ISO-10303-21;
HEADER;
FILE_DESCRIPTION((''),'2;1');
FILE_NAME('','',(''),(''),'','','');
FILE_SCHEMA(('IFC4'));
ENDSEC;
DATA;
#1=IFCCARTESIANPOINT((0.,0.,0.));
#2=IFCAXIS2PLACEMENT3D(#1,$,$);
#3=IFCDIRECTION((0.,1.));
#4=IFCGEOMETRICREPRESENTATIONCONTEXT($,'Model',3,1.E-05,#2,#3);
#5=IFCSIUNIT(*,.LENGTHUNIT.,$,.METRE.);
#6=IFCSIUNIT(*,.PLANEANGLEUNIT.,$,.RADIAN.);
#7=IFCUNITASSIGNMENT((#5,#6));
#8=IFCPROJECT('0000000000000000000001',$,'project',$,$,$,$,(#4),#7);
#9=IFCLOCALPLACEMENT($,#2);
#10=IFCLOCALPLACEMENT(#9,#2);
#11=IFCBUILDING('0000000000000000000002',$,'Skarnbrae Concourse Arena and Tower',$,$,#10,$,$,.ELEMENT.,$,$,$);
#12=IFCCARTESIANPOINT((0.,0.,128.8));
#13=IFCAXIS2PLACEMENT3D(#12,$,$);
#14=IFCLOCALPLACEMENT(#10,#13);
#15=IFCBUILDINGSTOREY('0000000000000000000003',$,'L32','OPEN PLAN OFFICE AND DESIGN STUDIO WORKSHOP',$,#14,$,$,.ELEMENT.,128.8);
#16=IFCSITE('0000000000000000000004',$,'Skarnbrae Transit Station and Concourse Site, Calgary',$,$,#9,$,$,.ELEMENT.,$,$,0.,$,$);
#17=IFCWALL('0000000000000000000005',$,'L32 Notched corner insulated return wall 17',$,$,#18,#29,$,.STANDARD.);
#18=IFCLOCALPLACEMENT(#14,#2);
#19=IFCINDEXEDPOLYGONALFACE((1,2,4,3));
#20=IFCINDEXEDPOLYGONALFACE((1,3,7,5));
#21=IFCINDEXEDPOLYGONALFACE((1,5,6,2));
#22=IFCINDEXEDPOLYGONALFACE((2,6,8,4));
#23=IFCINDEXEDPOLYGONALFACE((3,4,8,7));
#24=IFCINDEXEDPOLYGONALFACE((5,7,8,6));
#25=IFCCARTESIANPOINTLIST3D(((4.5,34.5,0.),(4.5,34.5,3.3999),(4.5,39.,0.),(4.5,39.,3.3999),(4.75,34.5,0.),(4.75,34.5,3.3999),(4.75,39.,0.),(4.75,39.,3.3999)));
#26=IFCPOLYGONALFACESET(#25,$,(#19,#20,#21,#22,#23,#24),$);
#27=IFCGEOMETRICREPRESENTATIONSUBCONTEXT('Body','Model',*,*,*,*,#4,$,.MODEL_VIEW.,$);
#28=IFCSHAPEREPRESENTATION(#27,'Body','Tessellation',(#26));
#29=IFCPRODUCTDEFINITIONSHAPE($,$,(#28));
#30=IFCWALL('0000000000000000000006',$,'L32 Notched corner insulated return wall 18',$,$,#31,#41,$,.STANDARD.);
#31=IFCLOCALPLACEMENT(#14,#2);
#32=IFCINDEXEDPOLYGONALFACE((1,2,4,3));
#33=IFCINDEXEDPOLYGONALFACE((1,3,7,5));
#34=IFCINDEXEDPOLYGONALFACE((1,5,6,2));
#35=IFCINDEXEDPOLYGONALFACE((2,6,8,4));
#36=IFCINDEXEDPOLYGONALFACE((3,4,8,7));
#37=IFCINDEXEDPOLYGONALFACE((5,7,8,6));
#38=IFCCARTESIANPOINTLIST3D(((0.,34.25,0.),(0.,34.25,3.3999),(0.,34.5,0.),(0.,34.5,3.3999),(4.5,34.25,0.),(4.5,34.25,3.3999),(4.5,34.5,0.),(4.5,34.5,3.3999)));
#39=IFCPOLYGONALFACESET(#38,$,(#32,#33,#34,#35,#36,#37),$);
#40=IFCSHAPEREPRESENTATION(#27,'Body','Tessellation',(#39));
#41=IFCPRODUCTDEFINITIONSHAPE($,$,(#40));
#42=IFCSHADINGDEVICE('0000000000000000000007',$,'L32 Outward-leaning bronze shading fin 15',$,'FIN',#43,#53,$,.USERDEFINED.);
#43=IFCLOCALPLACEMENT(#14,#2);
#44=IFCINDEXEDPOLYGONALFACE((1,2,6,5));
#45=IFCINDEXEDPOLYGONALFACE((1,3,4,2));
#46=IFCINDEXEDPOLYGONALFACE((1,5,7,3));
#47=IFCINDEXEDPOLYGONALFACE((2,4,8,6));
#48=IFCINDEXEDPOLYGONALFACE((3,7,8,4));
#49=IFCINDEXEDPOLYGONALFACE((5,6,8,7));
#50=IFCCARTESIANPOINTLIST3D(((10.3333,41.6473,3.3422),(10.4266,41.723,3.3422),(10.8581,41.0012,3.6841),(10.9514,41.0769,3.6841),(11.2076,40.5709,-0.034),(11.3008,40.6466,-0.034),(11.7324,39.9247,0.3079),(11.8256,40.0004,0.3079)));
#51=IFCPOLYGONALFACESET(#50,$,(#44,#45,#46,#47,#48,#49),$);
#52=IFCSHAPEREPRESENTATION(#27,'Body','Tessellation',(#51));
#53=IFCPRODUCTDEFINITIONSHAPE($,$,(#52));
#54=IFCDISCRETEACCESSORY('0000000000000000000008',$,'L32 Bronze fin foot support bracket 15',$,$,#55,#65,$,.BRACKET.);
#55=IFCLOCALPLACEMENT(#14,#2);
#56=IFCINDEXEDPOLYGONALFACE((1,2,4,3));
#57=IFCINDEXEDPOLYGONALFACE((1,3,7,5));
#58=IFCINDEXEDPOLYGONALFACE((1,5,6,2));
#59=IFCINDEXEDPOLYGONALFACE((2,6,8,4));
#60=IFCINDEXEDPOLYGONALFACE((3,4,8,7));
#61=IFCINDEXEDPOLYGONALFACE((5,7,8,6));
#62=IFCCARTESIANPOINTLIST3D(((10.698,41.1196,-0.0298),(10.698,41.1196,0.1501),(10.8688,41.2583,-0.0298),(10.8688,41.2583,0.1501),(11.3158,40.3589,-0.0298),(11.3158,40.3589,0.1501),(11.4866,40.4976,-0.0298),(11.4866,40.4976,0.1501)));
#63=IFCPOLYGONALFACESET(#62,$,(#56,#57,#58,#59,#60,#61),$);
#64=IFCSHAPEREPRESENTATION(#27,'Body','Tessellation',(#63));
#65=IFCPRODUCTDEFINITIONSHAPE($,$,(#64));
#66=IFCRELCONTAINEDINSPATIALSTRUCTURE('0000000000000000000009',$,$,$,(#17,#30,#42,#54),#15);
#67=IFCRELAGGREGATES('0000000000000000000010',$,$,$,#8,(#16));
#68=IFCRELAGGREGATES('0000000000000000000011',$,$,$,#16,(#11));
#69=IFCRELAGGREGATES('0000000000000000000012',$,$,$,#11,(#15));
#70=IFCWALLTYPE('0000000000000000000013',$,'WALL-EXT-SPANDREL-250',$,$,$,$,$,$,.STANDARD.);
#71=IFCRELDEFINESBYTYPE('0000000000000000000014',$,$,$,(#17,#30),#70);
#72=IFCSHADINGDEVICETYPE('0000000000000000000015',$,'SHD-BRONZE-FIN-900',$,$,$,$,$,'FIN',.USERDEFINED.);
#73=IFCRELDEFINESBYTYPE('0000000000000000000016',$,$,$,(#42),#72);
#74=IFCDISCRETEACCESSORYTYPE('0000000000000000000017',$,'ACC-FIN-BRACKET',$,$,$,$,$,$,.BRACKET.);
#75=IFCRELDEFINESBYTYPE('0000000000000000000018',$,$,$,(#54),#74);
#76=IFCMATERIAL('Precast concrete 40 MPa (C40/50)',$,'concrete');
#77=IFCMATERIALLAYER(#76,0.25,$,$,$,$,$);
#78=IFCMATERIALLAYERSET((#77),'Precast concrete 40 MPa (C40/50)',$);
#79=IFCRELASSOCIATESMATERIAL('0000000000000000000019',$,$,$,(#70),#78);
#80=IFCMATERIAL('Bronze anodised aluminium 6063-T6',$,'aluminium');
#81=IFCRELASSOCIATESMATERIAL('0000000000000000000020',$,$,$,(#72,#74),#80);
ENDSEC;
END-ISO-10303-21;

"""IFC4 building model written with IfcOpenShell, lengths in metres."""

from ifc_helpers import new_model, si_unit, direction, frame, frame_2d, origin, origin_2d, place, context, subcontext, project, spatial, rectangle, extrude, source, transform, mapped, material, layer, layer_set, type_object, element, save


model = new_model("IFC4")

# Units and contexts
model_context = context("Model", 3, precision=1e-05, world=origin(), true_north=direction((0.0, 1.0)))
body_context = subcontext(model_context, "Body", "Model", "MODEL_VIEW")
ifc_project = project(units=[si_unit("LENGTHUNIT", "METRE"), si_unit("PLANEANGLEUNIT", "RADIAN")], contexts=[model_context])

# Site, building, storey
site_placement = place(None, origin())
site = spatial("IfcSite", under=ifc_project, at=site_placement, Name="Skarnbrae Transit Station and Concourse Site, Calgary", CompositionType="ELEMENT", RefElevation=0.0)
building_placement = place(site_placement, origin())
building = spatial("IfcBuilding", under=site, at=building_placement, Name="Skarnbrae Concourse Arena and Tower", CompositionType="ELEMENT")
storey_placement = place(building_placement, frame((0.0, 0.0, 128.8)))
storey = spatial("IfcBuildingStorey", under=building, at=storey_placement, Name="L32", Description="OPEN PLAN OFFICE AND DESIGN STUDIO WORKSHOP", CompositionType="ELEMENT", Elevation=128.8)

# Shared definitions
ifc_material_1 = material(Name="Bronze anodised aluminium 6063-T6", Category="aluminium")

# Walls
ifc_material_2 = material(Name="Precast concrete 40 MPa (C40/50)", Category="concrete")
ifc_layer_1 = layer(ifc_material_2, 0.25)
ifc_layer_set_1 = layer_set([ifc_layer_1], Name="Precast concrete 40 MPa (C40/50)")
wall_type = type_object("IfcWallType", Name="WALL-EXT-SPANDREL-250", PredefinedType="STANDARD", material=ifc_layer_set_1)
shared_shape_1 = source(origin(), body_context, "Body", "SweptSolid", [
    extrude(rectangle(XDim=4.5, YDim=0.25, at=frame_2d((2.25, 0.0))), origin(), (0.0, 0.0, 1.0), 3.3999),
])
for number, where, z_axis, x_axis, name in (
    (1, (4.625, 39.0, 0.0), (0.0, 0.0, 1.0), (0.0, -1.0, 0.0), "L32 Notched corner insulated return wall 17"),
    (2, (4.5, 34.375, 0.0), (0.0, 0.0, 1.0), (-1.0, 0.0, 0.0), "L32 Notched corner insulated return wall 18"),
):
    element("IfcWall", number, at=place(storey_placement, frame(where, z_axis=z_axis, x_axis=x_axis)), inside=storey, type_object=wall_type, Name=name, PredefinedType="STANDARD", context=body_context, shape_type="MappedRepresentation", body=[
        mapped(shared_shape_1, transform((0.0, 0.0, 0.0))),
    ])

# Shading device
shading_device_type = type_object("IfcShadingDeviceType", Name="SHD-BRONZE-FIN-900", ElementType="FIN", PredefinedType="USERDEFINED", material=ifc_material_1)
shared_shape_2 = source(origin(), body_context, "Body", "SweptSolid", [
    extrude(rectangle(XDim=0.1201, YDim=0.8999, at=origin_2d()), origin(), (0.0, 0.0, 1.0), 3.6499),
])
shading_device_placement = place(storey_placement, frame((11.5166, 40.2856, 0.137), z_axis=(-0.239527, 0.294927, 0.925011), x_axis=(0.776245, 0.630432, 0.0)))
element("IfcShadingDevice", 3, at=shading_device_placement, inside=storey, type_object=shading_device_type, Name="L32 Outward-leaning bronze shading fin 15", ObjectType="FIN", PredefinedType="USERDEFINED", context=body_context, shape_type="MappedRepresentation", body=[
    mapped(shared_shape_2, transform((0.0, 0.0, 0.0))),
])

# Discrete accessory
discrete_accessory_type = type_object("IfcDiscreteAccessoryType", Name="ACC-FIN-BRACKET", PredefinedType="BRACKET", material=ifc_material_1)
shared_shape_3 = source(origin(), body_context, "Body", "SweptSolid", [
    extrude(rectangle(XDim=0.22, YDim=0.98, at=origin_2d()), origin(), (0.0, 0.0, 1.0), 0.1799),
])
discrete_accessory_placement = place(storey_placement, frame((11.0923, 40.8086, -0.0298), z_axis=(0.0, 0.0, 1.0), x_axis=(0.776245, 0.630432, 0.0)))
element("IfcDiscreteAccessory", 4, at=discrete_accessory_placement, inside=storey, type_object=discrete_accessory_type, Name="L32 Bronze fin foot support bracket 15", PredefinedType="BRACKET", context=body_context, shape_type="MappedRepresentation", body=[
    mapped(shared_shape_3, transform((0.0, 0.0, 0.0))),
])

save(model, "model.ifc")
